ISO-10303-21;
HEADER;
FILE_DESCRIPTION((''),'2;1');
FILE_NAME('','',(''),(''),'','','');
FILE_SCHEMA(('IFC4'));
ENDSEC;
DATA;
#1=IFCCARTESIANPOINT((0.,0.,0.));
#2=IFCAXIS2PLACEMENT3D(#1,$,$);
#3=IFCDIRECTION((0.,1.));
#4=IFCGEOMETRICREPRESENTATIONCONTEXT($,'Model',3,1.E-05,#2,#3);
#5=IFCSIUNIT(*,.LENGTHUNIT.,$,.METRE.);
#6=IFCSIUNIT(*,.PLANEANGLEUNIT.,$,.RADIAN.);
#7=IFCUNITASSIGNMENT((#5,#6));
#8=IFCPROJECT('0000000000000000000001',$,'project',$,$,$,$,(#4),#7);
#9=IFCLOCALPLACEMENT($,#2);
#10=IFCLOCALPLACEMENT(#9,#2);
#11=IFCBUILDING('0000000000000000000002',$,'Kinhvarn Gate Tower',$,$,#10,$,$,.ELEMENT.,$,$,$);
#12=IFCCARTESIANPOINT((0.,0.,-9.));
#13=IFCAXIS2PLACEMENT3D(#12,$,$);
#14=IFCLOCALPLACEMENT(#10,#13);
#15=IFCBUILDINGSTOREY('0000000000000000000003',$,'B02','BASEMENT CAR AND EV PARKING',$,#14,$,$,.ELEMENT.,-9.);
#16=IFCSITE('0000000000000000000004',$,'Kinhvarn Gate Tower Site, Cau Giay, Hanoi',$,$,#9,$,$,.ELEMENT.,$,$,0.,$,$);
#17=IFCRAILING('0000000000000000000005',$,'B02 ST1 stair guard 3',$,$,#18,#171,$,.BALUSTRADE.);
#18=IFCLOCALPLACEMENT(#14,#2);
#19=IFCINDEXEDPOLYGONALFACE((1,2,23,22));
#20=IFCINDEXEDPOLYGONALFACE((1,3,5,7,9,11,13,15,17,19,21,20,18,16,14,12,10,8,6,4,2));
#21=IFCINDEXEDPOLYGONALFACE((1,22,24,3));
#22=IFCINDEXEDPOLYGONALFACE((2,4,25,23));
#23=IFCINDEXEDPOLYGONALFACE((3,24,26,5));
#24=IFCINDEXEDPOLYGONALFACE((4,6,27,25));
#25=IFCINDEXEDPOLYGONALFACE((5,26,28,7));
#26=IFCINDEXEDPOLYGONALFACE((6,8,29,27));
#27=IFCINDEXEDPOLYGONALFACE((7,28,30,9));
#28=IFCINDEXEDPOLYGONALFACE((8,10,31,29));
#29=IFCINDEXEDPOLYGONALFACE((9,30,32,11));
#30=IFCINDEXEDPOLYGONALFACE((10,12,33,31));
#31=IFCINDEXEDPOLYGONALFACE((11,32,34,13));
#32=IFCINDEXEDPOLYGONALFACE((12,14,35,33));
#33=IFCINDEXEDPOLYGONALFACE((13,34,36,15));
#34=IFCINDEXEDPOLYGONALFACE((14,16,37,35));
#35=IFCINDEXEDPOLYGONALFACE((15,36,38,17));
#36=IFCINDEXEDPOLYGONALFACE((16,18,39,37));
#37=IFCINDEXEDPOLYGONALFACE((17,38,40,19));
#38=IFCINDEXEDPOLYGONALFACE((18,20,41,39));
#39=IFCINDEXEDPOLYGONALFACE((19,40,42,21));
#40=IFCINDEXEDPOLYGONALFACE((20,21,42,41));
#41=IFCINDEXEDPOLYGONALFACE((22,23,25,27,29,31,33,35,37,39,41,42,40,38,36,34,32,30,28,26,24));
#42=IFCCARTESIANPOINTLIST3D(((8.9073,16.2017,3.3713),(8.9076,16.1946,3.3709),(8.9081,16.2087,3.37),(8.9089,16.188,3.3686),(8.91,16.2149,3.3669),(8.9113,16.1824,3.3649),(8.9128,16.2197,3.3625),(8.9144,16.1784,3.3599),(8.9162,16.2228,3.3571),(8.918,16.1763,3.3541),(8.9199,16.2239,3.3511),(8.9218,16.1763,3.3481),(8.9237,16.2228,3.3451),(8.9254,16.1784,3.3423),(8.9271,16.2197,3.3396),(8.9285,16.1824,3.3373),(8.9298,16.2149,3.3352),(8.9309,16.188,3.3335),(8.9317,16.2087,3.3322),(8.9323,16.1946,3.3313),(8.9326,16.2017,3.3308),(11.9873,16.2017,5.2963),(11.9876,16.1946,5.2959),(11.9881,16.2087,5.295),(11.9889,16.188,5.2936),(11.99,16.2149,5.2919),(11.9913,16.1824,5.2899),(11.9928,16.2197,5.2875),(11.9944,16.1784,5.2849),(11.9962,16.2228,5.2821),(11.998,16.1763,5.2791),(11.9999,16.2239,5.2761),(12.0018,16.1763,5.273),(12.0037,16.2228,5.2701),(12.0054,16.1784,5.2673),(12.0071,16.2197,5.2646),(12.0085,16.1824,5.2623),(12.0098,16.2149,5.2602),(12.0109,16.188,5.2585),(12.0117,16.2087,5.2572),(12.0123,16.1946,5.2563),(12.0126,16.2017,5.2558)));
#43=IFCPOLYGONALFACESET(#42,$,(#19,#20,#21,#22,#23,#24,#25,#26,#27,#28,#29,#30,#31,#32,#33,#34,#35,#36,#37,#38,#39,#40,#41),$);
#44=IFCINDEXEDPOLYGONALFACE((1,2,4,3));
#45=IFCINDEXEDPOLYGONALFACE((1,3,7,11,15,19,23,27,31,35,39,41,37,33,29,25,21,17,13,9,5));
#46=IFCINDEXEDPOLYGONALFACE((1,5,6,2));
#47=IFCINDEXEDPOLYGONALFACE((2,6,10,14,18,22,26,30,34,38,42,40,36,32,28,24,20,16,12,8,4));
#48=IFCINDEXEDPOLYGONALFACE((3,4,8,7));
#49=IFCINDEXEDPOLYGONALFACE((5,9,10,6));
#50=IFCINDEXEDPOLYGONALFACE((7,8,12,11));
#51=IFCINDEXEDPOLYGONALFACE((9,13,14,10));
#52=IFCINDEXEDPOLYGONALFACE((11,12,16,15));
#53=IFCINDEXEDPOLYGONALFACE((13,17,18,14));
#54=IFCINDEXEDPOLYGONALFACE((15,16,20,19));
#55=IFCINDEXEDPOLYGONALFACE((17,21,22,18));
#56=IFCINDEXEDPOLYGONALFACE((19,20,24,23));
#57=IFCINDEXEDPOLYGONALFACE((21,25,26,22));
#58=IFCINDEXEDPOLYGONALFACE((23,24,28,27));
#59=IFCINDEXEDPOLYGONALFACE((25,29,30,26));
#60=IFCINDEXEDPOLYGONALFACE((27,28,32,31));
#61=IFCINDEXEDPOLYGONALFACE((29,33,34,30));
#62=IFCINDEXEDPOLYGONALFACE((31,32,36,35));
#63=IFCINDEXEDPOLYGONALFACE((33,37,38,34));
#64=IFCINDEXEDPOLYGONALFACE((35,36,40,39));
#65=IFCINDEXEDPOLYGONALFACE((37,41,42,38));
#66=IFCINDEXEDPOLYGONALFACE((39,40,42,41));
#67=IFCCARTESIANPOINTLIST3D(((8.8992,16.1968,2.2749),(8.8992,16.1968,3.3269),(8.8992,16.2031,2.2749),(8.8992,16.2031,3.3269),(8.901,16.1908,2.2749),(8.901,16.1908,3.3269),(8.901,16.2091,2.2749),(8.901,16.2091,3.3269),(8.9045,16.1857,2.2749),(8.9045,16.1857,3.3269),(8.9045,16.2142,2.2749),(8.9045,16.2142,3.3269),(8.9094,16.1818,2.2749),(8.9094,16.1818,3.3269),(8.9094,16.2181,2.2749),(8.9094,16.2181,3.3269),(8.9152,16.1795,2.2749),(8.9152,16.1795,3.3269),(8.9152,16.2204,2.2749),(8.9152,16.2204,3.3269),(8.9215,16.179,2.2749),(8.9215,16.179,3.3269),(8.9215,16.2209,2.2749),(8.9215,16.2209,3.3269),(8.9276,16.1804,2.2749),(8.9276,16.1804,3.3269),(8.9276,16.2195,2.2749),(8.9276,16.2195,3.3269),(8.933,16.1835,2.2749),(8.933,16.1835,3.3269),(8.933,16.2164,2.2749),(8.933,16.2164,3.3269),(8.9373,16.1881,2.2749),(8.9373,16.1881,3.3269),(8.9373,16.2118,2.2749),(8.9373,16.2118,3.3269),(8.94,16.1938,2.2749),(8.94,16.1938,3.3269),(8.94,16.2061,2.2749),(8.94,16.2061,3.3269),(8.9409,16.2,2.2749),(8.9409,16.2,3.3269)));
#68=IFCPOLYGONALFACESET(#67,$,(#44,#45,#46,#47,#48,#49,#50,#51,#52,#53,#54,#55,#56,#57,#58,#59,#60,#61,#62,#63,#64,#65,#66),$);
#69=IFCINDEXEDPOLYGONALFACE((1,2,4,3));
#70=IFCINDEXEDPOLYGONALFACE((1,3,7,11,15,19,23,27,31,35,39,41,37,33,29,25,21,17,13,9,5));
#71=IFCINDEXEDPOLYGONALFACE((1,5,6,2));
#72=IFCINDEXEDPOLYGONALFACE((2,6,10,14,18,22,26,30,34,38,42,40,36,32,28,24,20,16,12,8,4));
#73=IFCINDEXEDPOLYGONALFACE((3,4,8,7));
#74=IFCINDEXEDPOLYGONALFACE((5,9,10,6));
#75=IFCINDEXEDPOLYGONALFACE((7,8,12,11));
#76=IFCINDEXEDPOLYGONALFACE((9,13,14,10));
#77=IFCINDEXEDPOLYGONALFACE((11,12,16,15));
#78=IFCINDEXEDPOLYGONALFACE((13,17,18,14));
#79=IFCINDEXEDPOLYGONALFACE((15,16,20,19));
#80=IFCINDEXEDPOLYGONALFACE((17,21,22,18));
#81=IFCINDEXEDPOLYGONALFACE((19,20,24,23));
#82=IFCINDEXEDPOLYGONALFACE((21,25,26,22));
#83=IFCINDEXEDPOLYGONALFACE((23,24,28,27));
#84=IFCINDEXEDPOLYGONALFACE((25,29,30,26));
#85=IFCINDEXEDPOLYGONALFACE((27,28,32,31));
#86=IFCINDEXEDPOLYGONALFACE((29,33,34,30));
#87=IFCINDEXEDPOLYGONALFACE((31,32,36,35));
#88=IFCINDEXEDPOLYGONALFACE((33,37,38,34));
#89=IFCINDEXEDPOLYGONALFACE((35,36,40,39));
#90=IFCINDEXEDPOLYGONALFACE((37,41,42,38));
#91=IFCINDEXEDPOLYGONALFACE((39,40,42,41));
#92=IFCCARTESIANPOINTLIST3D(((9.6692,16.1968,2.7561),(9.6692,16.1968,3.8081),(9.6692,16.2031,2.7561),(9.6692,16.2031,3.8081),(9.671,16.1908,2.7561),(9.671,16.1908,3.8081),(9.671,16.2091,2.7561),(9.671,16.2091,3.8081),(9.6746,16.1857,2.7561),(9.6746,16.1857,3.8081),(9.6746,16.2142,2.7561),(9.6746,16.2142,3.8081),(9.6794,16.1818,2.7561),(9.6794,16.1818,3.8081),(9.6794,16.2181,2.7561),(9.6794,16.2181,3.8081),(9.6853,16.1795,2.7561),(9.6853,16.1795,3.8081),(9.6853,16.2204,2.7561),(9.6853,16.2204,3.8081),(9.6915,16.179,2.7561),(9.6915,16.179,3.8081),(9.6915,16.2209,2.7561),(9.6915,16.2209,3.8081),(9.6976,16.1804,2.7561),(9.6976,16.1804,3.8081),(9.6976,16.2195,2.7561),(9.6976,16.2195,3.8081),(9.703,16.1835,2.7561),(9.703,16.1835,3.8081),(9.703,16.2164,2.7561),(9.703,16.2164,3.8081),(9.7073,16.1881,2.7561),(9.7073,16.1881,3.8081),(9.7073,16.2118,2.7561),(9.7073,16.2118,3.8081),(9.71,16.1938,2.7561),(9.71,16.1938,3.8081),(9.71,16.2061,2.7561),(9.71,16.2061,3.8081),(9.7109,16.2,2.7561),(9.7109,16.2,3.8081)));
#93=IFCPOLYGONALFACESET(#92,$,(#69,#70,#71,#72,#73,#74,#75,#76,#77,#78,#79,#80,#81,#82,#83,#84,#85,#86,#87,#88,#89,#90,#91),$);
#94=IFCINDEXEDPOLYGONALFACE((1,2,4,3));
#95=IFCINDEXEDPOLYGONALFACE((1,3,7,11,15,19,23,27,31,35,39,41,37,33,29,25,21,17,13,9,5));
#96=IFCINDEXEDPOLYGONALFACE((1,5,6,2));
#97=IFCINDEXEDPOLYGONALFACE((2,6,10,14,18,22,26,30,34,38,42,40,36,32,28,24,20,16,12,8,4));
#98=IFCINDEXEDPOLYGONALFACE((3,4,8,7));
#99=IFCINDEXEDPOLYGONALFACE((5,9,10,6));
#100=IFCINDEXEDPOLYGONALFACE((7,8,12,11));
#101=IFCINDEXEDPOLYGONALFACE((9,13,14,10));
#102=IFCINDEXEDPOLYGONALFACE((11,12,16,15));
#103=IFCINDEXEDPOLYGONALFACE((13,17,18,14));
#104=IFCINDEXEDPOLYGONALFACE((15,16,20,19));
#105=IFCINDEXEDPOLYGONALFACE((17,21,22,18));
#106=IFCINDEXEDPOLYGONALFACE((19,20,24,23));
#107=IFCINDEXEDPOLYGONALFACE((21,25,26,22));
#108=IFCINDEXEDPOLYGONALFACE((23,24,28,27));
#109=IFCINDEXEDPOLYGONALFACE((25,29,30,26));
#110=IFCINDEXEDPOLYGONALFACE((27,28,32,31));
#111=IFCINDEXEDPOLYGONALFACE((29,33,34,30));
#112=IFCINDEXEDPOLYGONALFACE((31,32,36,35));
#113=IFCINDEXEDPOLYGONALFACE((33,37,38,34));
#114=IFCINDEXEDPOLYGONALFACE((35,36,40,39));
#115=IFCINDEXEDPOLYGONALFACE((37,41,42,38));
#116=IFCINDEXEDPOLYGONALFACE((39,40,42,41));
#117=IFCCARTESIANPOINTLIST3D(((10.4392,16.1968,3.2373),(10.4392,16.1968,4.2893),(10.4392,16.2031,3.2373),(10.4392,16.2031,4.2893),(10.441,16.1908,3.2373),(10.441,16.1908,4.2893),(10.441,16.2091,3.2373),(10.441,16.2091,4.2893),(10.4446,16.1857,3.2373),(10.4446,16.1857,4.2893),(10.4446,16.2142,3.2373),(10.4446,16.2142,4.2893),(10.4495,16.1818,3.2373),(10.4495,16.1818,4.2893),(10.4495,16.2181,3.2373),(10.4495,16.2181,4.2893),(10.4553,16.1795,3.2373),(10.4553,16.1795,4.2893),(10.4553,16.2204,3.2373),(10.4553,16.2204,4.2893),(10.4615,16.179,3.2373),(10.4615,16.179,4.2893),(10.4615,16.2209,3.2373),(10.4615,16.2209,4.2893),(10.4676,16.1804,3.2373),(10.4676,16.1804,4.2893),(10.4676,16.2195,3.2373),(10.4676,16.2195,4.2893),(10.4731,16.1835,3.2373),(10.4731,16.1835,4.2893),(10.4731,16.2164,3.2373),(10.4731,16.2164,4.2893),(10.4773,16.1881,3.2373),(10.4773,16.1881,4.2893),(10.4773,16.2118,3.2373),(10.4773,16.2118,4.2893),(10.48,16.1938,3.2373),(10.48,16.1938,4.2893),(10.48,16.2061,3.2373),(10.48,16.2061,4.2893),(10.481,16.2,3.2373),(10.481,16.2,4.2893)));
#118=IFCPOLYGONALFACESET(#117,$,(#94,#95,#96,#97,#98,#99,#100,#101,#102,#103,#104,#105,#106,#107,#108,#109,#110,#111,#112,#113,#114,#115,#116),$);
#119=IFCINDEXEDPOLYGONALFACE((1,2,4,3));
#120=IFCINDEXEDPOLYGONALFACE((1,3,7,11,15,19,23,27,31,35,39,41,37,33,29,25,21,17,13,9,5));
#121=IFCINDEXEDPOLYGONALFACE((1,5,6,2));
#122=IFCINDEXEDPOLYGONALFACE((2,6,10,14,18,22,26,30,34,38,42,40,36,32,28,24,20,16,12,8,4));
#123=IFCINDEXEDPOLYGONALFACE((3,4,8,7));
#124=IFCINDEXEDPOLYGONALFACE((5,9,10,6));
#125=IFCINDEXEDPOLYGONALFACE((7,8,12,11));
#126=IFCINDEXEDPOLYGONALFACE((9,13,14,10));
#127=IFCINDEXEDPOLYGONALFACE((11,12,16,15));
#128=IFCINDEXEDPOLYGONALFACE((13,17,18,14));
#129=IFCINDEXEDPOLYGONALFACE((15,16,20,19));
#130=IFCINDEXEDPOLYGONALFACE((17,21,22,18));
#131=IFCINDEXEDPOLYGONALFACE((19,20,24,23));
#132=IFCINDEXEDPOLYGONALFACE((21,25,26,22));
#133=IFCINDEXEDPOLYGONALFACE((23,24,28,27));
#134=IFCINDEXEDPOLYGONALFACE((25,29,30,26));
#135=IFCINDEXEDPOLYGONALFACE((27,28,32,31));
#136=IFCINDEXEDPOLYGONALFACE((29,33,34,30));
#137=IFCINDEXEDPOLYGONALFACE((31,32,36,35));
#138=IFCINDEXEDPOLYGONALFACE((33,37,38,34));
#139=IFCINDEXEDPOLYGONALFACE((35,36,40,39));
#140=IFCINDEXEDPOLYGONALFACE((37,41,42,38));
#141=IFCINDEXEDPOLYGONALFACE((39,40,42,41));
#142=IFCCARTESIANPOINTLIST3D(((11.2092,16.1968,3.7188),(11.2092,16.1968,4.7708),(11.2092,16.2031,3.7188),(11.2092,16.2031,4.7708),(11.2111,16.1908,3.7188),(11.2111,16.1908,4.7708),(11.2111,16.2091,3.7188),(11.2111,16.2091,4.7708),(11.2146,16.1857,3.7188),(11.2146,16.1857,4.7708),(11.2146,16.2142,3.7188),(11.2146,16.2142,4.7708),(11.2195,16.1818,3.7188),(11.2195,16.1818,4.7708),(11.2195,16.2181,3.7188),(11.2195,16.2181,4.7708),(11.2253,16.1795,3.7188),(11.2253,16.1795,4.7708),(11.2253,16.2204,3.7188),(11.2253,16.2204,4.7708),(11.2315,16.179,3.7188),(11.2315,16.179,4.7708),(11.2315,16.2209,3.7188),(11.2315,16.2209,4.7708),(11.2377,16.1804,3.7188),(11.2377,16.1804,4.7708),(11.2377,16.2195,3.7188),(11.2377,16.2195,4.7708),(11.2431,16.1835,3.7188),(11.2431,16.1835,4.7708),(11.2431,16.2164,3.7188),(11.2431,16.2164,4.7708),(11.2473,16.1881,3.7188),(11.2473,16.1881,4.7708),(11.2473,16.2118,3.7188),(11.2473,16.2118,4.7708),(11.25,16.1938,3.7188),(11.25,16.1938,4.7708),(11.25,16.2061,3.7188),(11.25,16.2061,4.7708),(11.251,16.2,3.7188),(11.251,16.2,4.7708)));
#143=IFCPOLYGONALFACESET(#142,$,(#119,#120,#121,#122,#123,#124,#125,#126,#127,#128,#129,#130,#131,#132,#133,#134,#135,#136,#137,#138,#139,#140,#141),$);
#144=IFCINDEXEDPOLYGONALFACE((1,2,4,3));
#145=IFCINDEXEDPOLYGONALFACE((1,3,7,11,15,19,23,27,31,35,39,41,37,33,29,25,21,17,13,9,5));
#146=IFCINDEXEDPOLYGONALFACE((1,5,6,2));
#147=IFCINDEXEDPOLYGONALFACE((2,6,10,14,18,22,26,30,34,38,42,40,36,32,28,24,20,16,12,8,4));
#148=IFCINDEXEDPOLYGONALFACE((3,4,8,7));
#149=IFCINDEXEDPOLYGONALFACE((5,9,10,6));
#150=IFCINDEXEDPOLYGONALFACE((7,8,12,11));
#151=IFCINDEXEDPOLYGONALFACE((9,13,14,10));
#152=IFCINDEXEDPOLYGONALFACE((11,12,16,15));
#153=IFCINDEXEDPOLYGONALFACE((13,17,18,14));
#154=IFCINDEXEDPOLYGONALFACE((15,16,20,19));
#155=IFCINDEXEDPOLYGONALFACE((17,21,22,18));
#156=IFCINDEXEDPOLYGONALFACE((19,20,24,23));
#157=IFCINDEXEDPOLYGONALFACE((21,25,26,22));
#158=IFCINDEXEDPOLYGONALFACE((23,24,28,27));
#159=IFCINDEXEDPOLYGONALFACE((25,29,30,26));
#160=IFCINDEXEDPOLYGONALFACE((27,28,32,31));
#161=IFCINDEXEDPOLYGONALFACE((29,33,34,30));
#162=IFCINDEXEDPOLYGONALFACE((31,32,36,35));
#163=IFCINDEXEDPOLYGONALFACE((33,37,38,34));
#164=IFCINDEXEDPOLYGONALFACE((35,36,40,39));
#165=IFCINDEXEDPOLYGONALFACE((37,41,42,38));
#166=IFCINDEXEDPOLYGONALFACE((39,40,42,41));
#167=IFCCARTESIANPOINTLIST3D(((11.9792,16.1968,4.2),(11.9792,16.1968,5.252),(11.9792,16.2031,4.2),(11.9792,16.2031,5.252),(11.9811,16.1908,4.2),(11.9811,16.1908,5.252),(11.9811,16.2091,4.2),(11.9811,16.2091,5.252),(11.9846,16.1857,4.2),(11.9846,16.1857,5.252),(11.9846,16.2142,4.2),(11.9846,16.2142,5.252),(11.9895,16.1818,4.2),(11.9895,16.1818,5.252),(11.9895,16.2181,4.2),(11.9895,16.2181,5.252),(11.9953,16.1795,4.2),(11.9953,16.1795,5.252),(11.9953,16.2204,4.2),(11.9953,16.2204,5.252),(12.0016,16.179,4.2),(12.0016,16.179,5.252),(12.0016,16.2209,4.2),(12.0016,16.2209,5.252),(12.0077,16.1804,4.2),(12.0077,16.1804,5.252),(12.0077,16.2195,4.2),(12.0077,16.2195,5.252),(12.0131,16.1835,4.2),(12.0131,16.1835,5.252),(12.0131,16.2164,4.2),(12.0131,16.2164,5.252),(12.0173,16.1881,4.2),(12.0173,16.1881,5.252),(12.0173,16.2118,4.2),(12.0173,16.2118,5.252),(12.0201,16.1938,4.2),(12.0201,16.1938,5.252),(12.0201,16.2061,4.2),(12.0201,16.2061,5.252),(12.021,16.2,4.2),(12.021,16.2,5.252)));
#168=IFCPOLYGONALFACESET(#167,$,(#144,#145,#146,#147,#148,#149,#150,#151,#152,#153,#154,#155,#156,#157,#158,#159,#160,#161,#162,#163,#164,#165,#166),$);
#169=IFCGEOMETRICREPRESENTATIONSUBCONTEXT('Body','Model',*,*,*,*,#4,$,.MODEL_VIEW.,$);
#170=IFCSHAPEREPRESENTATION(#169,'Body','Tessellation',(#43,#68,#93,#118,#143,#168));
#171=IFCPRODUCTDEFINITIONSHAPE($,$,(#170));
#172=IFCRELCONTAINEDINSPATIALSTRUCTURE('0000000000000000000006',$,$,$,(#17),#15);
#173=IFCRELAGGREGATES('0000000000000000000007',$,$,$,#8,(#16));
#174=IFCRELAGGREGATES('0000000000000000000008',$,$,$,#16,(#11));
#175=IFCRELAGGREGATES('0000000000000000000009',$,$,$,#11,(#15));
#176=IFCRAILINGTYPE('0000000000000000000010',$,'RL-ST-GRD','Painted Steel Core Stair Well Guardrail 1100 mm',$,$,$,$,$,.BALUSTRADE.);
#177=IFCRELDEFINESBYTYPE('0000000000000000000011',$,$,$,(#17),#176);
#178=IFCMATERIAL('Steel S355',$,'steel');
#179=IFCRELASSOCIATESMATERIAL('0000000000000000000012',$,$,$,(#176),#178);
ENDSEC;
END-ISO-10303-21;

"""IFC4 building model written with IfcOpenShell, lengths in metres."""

from ifc_helpers import new_model, si_unit, direction, frame, origin, origin_2d, place, context, subcontext, project, spatial, circle, extrude, material, type_object, element, save


model = new_model("IFC4")

# Units and contexts
model_context = context("Model", 3, precision=1e-05, world=origin(), true_north=direction((0.0, 1.0)))
body_context = subcontext(model_context, "Body", "Model", "MODEL_VIEW")
ifc_project = project(units=[si_unit("LENGTHUNIT", "METRE"), si_unit("PLANEANGLEUNIT", "RADIAN")], contexts=[model_context])

# Site, building, storey
site_placement = place(None, origin())
site = spatial("IfcSite", under=ifc_project, at=site_placement, Name="Kinhvarn Gate Tower Site, Cau Giay, Hanoi", CompositionType="ELEMENT", RefElevation=0.0)
building_placement = place(site_placement, origin())
building = spatial("IfcBuilding", under=site, at=building_placement, Name="Kinhvarn Gate Tower", CompositionType="ELEMENT")
storey_placement = place(building_placement, frame((0.0, 0.0, -9.0)))
storey = spatial("IfcBuildingStorey", under=building, at=storey_placement, Name="B02", Description="BASEMENT CAR AND EV PARKING", CompositionType="ELEMENT", Elevation=-9.0)

# Shared definitions
ifc_material_1 = material(Name="Steel S355", Category="steel")

# Railing
railing_type_1 = type_object("IfcRailingType", Name="RL-ST-GRD", Description="Painted Steel Core Stair Well Guardrail 1100 mm", PredefinedType="BALUSTRADE", material=ifc_material_1)
railing_1_placement = place(storey_placement, frame((8.9199, 16.2, 2.2749)))
element("IfcRailing", 1, at=railing_1_placement, inside=storey, type_object=railing_type_1, Name="B02 ST1 stair guard 3", PredefinedType="BALUSTRADE", context=body_context, shape_type="SweptSolid", body=[
    extrude(circle(Radius=0.0239, at=origin_2d()), frame((0.0, 0.0, 1.0762), z_axis=(0.847998, 0.0, 0.529999), x_axis=(0.0, 1.0, 0.0)), (0.0, 0.0, 1.0), 3.6321),
    extrude(circle(Radius=0.021, at=origin_2d()), origin(), (0.0, 0.0, 1.0), 1.052),
    extrude(circle(Radius=0.021, at=origin_2d()), frame((0.77, 0.0, 0.4812)), (0.0, 0.0, 1.0), 1.052),
    extrude(circle(Radius=0.021, at=origin_2d()), frame((1.54, 0.0, 0.9624)), (0.0, 0.0, 1.0), 1.052),
    extrude(circle(Radius=0.021, at=origin_2d()), frame((2.3101, 0.0, 1.4438)), (0.0, 0.0, 1.0), 1.052),
    extrude(circle(Radius=0.021, at=origin_2d()), frame((3.0801, 0.0, 1.925)), (0.0, 0.0, 1.0), 1.052),
])

save(model, "model.ifc")
